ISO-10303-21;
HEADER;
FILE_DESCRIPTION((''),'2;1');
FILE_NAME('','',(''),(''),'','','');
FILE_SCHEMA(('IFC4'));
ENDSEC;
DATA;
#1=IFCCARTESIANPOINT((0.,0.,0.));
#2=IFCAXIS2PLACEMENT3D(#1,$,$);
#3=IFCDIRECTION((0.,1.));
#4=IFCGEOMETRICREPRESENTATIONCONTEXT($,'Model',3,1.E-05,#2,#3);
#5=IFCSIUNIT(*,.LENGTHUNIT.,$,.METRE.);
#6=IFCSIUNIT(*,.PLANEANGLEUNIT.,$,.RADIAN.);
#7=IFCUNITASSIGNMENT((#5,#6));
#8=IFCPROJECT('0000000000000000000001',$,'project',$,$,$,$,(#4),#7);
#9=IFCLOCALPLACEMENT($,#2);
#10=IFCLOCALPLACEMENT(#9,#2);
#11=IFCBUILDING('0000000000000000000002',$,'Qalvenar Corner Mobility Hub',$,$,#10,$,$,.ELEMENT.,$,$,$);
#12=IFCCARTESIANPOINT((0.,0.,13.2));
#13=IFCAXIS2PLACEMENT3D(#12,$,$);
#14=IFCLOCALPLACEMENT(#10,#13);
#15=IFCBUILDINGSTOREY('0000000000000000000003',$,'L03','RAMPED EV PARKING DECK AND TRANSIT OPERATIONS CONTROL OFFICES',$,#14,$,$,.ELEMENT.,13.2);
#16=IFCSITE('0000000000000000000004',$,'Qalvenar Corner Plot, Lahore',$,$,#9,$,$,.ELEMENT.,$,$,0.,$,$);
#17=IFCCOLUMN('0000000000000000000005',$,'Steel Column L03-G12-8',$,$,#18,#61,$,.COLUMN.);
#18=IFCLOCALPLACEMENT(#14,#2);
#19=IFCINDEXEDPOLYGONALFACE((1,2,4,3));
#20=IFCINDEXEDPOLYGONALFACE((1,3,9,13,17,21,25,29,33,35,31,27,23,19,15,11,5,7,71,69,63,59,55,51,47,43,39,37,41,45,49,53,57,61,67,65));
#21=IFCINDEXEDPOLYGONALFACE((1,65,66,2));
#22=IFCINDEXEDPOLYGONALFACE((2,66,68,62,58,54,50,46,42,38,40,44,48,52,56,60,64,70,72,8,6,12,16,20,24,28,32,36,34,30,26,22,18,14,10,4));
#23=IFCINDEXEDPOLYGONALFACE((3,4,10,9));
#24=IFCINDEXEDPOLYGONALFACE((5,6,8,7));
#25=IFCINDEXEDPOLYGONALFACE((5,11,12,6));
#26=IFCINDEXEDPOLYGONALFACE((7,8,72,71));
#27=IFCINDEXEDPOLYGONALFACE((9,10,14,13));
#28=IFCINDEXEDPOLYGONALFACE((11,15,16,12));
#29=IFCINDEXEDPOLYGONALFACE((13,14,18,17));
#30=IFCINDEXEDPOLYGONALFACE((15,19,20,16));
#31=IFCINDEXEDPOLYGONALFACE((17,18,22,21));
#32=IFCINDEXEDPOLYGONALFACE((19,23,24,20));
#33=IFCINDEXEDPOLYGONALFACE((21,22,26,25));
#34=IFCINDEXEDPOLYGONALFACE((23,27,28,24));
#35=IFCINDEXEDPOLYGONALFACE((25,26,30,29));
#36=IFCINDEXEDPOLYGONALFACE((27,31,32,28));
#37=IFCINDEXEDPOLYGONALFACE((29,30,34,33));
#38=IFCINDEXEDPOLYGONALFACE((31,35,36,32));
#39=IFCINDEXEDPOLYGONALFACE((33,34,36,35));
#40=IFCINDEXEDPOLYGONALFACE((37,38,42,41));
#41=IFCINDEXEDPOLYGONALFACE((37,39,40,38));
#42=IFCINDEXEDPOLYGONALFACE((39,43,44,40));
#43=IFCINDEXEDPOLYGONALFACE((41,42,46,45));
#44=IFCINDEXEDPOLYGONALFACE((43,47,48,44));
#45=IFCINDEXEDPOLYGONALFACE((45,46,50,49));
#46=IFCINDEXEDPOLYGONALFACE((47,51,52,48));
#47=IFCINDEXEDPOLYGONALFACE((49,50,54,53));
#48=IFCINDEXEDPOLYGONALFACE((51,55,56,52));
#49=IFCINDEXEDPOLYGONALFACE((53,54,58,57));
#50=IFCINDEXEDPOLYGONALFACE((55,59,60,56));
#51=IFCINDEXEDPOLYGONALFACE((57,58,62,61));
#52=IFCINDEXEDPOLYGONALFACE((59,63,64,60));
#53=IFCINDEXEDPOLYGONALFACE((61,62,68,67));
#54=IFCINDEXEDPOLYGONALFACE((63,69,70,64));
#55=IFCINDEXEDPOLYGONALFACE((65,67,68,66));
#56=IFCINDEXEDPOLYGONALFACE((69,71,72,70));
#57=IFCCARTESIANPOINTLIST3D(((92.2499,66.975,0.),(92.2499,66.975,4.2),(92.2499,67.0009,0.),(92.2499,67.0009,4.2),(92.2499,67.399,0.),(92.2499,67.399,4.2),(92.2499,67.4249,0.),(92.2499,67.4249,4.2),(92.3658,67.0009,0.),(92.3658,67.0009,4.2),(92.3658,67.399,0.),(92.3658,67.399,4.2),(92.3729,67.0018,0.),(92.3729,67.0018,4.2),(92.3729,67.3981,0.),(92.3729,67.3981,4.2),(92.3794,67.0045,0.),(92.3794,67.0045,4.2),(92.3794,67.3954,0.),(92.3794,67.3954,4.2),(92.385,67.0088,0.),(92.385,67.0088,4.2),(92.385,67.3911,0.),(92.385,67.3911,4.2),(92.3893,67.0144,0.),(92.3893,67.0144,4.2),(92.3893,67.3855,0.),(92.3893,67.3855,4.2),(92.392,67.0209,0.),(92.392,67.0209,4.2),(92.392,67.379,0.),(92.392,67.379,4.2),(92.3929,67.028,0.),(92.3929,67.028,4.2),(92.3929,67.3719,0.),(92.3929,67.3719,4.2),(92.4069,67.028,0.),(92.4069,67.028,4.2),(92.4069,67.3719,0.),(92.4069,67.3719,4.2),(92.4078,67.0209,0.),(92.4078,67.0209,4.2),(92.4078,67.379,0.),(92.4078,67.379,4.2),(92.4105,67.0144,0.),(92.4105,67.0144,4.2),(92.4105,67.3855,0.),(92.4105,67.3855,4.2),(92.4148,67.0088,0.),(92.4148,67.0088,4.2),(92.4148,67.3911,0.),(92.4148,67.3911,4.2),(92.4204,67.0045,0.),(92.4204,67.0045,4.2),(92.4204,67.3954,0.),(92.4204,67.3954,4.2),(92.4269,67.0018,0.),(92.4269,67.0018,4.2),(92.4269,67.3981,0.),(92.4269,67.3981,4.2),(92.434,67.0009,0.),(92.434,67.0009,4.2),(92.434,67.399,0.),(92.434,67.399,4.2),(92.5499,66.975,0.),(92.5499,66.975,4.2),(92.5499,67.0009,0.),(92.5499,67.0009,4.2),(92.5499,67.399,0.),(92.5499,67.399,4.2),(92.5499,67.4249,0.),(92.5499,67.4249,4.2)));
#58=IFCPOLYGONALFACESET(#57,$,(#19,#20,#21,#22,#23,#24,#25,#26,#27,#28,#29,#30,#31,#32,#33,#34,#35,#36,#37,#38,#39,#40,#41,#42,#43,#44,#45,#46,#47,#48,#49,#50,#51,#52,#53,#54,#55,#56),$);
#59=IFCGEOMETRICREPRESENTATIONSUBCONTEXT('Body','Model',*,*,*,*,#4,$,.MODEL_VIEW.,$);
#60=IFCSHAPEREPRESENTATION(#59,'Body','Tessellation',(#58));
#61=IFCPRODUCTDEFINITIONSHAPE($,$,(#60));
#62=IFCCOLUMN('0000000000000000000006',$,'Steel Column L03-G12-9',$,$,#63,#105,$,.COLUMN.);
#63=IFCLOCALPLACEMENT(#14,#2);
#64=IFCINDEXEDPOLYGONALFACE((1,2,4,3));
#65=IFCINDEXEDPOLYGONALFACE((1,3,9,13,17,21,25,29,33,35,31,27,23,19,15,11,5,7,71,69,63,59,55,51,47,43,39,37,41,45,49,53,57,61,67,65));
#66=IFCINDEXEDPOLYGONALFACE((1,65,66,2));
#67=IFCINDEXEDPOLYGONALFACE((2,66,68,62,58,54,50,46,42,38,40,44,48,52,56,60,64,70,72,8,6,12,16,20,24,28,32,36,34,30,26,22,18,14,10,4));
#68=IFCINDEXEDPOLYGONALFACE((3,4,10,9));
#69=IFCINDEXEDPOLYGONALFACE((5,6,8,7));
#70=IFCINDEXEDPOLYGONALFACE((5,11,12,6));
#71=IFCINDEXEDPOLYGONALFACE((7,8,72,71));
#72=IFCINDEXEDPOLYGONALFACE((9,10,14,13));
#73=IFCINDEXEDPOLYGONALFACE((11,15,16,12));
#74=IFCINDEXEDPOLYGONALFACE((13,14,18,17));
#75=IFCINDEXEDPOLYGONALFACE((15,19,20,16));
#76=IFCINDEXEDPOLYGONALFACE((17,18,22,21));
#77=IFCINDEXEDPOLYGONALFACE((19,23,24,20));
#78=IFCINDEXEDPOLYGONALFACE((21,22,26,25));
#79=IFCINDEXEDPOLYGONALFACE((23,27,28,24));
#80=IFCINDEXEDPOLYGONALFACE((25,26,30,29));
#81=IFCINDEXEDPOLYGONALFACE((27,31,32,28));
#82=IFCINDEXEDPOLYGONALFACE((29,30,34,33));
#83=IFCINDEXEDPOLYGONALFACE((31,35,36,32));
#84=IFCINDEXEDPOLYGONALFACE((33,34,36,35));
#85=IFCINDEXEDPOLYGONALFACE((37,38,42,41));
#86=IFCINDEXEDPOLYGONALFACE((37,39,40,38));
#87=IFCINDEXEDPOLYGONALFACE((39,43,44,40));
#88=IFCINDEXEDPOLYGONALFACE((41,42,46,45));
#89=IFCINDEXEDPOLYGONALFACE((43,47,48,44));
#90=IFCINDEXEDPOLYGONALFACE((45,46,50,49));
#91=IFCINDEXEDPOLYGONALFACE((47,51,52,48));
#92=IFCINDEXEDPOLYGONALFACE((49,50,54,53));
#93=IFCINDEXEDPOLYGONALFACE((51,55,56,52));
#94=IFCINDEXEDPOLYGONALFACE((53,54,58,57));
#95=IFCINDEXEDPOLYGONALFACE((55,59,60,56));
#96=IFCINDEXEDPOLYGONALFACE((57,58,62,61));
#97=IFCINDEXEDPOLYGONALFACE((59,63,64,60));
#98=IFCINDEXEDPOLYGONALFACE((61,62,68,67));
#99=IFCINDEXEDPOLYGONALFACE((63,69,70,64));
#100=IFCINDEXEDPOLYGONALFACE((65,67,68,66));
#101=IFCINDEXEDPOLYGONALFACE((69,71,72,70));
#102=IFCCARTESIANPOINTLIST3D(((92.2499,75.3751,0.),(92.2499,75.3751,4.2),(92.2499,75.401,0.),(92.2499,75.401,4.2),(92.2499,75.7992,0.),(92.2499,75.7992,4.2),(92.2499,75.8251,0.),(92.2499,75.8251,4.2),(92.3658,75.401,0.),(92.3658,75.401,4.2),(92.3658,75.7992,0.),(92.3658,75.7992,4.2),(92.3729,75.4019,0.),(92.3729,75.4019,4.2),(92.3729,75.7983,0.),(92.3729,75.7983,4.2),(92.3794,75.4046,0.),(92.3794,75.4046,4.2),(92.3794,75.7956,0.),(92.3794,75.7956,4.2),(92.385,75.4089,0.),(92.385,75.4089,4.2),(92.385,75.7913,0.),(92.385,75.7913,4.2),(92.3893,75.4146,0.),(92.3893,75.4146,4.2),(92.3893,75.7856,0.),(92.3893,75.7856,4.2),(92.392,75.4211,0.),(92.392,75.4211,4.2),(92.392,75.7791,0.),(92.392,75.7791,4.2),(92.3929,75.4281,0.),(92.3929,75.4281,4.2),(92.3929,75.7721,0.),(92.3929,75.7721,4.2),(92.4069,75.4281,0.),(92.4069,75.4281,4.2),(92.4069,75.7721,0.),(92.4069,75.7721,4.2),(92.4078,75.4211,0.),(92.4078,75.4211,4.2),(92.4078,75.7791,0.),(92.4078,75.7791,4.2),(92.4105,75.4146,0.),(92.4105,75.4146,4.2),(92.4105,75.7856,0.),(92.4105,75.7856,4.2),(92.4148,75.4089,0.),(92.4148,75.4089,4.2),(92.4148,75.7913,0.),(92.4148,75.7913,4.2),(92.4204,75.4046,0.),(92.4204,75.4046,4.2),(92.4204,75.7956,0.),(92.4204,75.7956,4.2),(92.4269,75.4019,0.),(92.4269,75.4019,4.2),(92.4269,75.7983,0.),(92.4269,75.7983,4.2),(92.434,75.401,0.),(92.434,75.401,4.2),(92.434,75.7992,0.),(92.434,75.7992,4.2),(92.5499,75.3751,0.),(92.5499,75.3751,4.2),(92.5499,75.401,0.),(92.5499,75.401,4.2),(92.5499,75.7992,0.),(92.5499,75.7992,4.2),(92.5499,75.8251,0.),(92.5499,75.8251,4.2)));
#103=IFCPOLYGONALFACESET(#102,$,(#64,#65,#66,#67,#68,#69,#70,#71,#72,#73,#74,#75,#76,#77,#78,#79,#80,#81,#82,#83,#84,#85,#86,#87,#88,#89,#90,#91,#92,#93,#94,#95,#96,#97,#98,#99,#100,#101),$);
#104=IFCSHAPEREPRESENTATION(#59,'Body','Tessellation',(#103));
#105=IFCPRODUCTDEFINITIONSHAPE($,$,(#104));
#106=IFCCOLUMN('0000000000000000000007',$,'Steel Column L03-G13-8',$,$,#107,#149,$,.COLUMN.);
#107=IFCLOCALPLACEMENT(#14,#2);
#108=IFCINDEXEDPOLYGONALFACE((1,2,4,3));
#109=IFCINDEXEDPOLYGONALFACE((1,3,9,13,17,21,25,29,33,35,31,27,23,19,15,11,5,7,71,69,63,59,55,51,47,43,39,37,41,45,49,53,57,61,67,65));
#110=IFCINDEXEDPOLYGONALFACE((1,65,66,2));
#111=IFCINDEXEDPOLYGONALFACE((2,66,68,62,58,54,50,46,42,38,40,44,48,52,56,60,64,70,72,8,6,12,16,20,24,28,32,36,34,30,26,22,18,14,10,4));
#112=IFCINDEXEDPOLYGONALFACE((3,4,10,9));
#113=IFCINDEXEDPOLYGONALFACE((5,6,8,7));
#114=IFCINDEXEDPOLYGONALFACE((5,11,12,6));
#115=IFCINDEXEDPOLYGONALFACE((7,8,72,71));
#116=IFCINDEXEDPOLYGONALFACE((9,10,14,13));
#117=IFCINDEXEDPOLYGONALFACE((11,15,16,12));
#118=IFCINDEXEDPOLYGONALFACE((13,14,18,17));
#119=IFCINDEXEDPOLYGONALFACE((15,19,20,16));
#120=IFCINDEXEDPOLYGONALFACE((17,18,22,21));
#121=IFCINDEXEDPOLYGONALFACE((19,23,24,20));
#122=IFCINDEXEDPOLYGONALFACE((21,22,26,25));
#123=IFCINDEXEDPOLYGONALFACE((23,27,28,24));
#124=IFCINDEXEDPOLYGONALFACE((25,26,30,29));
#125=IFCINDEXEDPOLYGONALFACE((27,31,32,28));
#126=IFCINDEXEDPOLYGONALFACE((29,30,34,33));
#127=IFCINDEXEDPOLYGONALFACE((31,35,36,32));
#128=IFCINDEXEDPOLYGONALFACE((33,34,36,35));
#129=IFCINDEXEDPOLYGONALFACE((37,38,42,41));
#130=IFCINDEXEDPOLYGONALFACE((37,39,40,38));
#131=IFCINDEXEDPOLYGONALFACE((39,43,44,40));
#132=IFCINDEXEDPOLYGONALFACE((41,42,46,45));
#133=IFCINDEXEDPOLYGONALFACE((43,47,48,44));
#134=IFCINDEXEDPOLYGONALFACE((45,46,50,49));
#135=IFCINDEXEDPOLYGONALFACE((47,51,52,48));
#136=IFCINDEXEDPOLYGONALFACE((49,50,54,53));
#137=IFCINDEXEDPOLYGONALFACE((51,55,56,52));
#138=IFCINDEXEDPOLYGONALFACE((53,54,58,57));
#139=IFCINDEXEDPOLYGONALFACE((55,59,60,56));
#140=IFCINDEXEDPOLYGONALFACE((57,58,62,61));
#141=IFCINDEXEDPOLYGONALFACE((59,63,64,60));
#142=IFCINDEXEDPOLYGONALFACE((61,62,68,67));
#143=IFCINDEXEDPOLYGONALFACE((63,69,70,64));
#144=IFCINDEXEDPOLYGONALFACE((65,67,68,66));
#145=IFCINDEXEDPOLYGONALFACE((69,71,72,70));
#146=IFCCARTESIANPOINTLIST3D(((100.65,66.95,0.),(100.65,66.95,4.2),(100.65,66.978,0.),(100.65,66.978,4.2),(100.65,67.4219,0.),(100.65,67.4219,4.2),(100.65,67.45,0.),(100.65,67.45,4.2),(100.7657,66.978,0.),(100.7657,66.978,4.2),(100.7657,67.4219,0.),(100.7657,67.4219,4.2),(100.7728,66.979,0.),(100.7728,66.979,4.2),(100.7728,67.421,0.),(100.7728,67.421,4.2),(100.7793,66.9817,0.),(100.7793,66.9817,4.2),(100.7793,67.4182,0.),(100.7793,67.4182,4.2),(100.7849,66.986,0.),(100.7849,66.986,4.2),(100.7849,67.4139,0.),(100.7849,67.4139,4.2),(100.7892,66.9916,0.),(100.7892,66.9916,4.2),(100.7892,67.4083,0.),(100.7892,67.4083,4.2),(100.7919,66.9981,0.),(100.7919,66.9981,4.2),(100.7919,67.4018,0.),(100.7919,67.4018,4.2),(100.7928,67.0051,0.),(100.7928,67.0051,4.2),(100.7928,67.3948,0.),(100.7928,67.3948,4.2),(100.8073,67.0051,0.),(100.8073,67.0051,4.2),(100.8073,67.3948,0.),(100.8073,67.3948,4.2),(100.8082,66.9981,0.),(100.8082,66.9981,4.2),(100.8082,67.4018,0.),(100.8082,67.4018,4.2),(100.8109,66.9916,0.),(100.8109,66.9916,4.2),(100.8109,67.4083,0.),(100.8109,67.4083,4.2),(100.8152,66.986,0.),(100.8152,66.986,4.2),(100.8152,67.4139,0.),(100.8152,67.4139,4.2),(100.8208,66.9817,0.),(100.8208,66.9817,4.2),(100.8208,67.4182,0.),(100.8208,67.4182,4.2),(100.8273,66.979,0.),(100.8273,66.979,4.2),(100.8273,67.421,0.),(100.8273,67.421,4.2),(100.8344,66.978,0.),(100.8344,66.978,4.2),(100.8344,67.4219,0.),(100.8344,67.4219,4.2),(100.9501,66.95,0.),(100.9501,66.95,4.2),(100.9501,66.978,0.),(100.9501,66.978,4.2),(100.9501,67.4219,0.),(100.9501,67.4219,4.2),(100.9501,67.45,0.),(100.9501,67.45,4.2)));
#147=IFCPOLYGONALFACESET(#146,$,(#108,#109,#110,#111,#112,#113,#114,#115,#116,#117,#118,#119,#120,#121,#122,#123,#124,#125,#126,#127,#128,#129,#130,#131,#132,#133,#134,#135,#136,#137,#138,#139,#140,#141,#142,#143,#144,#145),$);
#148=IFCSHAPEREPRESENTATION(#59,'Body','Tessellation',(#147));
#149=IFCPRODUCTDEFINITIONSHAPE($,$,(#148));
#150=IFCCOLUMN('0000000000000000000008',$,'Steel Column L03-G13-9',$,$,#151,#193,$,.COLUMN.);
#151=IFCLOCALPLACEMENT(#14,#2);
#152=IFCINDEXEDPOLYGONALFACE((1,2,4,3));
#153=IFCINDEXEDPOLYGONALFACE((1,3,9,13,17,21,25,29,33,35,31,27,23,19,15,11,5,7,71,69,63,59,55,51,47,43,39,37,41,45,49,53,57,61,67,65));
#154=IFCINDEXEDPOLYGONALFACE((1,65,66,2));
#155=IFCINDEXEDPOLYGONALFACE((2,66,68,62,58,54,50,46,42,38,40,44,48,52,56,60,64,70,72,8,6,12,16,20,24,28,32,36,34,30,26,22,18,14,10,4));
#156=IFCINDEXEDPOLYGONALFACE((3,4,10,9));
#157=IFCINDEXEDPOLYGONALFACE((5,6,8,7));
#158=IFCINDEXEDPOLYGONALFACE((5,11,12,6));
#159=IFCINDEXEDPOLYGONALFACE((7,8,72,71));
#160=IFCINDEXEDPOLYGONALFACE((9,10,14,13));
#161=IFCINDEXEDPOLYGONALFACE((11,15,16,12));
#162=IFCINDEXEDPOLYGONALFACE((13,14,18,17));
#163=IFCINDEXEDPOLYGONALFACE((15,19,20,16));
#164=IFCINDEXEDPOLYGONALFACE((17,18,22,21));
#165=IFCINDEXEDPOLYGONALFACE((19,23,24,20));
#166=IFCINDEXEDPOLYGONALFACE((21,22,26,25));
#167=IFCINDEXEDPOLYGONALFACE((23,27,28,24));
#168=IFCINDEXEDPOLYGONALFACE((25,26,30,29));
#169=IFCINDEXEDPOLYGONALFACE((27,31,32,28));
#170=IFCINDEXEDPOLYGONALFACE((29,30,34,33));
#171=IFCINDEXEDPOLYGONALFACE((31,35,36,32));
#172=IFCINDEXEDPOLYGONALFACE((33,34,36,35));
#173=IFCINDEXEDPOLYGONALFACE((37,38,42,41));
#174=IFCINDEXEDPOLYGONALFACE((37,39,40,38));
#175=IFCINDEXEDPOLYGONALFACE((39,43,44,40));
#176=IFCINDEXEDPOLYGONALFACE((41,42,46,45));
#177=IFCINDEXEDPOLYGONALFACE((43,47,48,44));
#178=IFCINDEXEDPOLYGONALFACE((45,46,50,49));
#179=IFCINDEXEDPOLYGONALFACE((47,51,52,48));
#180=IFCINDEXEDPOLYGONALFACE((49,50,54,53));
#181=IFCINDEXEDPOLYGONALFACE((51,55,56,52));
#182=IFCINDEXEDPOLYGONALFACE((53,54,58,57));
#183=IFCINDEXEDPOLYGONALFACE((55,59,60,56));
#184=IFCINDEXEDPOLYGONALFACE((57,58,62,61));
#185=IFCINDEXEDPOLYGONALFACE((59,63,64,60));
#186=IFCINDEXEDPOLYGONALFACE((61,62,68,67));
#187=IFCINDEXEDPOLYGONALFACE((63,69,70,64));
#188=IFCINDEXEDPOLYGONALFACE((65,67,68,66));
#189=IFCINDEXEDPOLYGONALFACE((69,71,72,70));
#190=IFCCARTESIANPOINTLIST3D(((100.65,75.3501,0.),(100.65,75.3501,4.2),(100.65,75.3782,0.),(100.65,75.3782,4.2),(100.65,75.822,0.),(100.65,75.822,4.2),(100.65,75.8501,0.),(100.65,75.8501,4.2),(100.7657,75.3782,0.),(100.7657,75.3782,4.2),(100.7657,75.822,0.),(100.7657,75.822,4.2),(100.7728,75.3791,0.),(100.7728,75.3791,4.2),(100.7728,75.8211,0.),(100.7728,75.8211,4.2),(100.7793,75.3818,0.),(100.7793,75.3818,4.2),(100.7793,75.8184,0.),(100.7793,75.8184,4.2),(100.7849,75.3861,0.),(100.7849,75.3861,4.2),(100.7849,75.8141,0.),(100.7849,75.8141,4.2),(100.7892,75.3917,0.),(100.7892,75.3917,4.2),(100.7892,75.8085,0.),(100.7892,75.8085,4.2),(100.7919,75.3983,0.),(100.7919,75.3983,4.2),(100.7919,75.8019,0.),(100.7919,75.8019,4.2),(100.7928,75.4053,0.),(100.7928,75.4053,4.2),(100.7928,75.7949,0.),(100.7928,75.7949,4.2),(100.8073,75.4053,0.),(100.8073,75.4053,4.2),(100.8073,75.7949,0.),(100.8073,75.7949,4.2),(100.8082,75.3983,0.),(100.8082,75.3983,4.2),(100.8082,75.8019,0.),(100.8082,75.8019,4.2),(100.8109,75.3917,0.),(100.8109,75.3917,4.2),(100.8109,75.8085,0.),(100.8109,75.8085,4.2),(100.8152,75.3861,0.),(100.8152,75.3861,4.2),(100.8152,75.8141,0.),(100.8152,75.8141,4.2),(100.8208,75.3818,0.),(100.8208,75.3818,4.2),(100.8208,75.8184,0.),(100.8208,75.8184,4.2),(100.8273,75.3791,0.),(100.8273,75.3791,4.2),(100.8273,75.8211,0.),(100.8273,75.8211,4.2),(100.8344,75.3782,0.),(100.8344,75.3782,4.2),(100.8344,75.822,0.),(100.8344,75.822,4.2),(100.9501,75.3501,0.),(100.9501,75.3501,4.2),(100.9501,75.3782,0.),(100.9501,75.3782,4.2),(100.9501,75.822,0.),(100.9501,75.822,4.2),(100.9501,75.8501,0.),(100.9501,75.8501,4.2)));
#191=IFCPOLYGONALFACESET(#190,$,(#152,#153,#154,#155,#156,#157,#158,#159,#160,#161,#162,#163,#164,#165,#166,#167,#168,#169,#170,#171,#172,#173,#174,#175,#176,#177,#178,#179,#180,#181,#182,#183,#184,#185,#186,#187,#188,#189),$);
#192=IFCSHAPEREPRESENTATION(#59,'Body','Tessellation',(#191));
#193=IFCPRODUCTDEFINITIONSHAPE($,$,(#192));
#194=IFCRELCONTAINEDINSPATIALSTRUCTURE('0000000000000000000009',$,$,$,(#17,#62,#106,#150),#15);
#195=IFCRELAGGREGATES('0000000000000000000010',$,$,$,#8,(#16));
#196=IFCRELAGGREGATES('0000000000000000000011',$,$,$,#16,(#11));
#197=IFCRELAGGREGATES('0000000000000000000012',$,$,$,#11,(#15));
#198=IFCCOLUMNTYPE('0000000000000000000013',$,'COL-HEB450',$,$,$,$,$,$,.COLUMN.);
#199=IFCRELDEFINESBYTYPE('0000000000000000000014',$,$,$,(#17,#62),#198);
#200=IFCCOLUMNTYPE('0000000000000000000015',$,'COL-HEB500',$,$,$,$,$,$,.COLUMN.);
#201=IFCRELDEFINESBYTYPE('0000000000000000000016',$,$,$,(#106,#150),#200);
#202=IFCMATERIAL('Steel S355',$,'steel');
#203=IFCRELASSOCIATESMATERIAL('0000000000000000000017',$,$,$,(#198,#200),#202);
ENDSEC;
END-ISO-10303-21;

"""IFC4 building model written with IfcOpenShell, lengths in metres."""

from ifc_helpers import new_model, si_unit, direction, frame, origin, origin_2d, place, context, subcontext, project, spatial, i_section, extrude, material, material_profile, profile_set, type_object, element, save


model = new_model("IFC4")

# Units and contexts
model_context = context("Model", 3, precision=1e-05, world=origin(), true_north=direction((0.0, 1.0)))
body_context = subcontext(model_context, "Body", "Model", "MODEL_VIEW")
ifc_project = project(units=[si_unit("LENGTHUNIT", "METRE"), si_unit("PLANEANGLEUNIT", "RADIAN")], contexts=[model_context])

# Site, building, storey
site_placement = place(None, origin())
site = spatial("IfcSite", under=ifc_project, at=site_placement, Name="Qalvenar Corner Plot, Lahore", CompositionType="ELEMENT", RefElevation=0.0)
building_placement = place(site_placement, origin())
building = spatial("IfcBuilding", under=site, at=building_placement, Name="Qalvenar Corner Mobility Hub", CompositionType="ELEMENT")
storey_placement = place(building_placement, frame((0.0, 0.0, 13.2)))
storey = spatial("IfcBuildingStorey", under=building, at=storey_placement, Name="L03", Description="RAMPED EV PARKING DECK AND TRANSIT OPERATIONS CONTROL OFFICES", CompositionType="ELEMENT", Elevation=13.2)

# Columns
ifc_material = material(Name="Steel S355", Category="steel")
ifc_material_profile_1 = material_profile(ifc_material, i_section(OverallWidth=0.3, OverallDepth=0.45, WebThickness=0.0139, FlangeThickness=0.0259, FilletRadius=0.0271, at=origin_2d()), Name="HEB450")
ifc_profile_set_1 = profile_set([ifc_material_profile_1], Name="Steel S355")
column_type_1 = type_object("IfcColumnType", Name="COL-HEB450", PredefinedType="COLUMN", material=ifc_profile_set_1)
for number, where, z_axis, x_axis, name in (
    (1, (92.3999, 67.2, 0.0), (0.0, 0.0, 1.0), (1.0, 0.0, 0.0), "Steel Column L03-G12-8"),
    (2, (92.3999, 75.6001, 0.0), (0.0, 0.0, 1.0), (1.0, 0.0, 0.0), "Steel Column L03-G12-9"),
):
    element("IfcColumn", number, at=place(storey_placement, frame(where, z_axis=z_axis, x_axis=x_axis)), inside=storey, type_object=column_type_1, Name=name, PredefinedType="COLUMN", context=body_context, shape_type="SweptSolid", body=[
        extrude(i_section(OverallWidth=0.3, OverallDepth=0.45, WebThickness=0.0139, FlangeThickness=0.0259, FilletRadius=0.0271, at=origin_2d()), origin(), (0.0, 0.0, 1.0), 4.2),
    ])
ifc_material_profile_2 = material_profile(ifc_material, i_section(OverallWidth=0.3, OverallDepth=0.5, WebThickness=0.0144, FlangeThickness=0.0281, FilletRadius=0.0271, at=origin_2d()), Name="HEB500")
ifc_profile_set_2 = profile_set([ifc_material_profile_2], Name="Steel S355")
column_type_2 = type_object("IfcColumnType", Name="COL-HEB500", PredefinedType="COLUMN", material=ifc_profile_set_2)
for number, where, z_axis, x_axis, name in (
    (3, (100.8, 67.2, 0.0), (0.0, 0.0, 1.0), (1.0, 0.0, 0.0), "Steel Column L03-G13-8"),
    (4, (100.8, 75.6001, 0.0), (0.0, 0.0, 1.0), (1.0, 0.0, 0.0), "Steel Column L03-G13-9"),
):
    element("IfcColumn", number, at=place(storey_placement, frame(where, z_axis=z_axis, x_axis=x_axis)), inside=storey, type_object=column_type_2, Name=name, PredefinedType="COLUMN", context=body_context, shape_type="SweptSolid", body=[
        extrude(i_section(OverallWidth=0.3, OverallDepth=0.5, WebThickness=0.0144, FlangeThickness=0.0281, FilletRadius=0.0271, at=origin_2d()), origin(), (0.0, 0.0, 1.0), 4.2),
    ])

save(model, "model.ifc")
